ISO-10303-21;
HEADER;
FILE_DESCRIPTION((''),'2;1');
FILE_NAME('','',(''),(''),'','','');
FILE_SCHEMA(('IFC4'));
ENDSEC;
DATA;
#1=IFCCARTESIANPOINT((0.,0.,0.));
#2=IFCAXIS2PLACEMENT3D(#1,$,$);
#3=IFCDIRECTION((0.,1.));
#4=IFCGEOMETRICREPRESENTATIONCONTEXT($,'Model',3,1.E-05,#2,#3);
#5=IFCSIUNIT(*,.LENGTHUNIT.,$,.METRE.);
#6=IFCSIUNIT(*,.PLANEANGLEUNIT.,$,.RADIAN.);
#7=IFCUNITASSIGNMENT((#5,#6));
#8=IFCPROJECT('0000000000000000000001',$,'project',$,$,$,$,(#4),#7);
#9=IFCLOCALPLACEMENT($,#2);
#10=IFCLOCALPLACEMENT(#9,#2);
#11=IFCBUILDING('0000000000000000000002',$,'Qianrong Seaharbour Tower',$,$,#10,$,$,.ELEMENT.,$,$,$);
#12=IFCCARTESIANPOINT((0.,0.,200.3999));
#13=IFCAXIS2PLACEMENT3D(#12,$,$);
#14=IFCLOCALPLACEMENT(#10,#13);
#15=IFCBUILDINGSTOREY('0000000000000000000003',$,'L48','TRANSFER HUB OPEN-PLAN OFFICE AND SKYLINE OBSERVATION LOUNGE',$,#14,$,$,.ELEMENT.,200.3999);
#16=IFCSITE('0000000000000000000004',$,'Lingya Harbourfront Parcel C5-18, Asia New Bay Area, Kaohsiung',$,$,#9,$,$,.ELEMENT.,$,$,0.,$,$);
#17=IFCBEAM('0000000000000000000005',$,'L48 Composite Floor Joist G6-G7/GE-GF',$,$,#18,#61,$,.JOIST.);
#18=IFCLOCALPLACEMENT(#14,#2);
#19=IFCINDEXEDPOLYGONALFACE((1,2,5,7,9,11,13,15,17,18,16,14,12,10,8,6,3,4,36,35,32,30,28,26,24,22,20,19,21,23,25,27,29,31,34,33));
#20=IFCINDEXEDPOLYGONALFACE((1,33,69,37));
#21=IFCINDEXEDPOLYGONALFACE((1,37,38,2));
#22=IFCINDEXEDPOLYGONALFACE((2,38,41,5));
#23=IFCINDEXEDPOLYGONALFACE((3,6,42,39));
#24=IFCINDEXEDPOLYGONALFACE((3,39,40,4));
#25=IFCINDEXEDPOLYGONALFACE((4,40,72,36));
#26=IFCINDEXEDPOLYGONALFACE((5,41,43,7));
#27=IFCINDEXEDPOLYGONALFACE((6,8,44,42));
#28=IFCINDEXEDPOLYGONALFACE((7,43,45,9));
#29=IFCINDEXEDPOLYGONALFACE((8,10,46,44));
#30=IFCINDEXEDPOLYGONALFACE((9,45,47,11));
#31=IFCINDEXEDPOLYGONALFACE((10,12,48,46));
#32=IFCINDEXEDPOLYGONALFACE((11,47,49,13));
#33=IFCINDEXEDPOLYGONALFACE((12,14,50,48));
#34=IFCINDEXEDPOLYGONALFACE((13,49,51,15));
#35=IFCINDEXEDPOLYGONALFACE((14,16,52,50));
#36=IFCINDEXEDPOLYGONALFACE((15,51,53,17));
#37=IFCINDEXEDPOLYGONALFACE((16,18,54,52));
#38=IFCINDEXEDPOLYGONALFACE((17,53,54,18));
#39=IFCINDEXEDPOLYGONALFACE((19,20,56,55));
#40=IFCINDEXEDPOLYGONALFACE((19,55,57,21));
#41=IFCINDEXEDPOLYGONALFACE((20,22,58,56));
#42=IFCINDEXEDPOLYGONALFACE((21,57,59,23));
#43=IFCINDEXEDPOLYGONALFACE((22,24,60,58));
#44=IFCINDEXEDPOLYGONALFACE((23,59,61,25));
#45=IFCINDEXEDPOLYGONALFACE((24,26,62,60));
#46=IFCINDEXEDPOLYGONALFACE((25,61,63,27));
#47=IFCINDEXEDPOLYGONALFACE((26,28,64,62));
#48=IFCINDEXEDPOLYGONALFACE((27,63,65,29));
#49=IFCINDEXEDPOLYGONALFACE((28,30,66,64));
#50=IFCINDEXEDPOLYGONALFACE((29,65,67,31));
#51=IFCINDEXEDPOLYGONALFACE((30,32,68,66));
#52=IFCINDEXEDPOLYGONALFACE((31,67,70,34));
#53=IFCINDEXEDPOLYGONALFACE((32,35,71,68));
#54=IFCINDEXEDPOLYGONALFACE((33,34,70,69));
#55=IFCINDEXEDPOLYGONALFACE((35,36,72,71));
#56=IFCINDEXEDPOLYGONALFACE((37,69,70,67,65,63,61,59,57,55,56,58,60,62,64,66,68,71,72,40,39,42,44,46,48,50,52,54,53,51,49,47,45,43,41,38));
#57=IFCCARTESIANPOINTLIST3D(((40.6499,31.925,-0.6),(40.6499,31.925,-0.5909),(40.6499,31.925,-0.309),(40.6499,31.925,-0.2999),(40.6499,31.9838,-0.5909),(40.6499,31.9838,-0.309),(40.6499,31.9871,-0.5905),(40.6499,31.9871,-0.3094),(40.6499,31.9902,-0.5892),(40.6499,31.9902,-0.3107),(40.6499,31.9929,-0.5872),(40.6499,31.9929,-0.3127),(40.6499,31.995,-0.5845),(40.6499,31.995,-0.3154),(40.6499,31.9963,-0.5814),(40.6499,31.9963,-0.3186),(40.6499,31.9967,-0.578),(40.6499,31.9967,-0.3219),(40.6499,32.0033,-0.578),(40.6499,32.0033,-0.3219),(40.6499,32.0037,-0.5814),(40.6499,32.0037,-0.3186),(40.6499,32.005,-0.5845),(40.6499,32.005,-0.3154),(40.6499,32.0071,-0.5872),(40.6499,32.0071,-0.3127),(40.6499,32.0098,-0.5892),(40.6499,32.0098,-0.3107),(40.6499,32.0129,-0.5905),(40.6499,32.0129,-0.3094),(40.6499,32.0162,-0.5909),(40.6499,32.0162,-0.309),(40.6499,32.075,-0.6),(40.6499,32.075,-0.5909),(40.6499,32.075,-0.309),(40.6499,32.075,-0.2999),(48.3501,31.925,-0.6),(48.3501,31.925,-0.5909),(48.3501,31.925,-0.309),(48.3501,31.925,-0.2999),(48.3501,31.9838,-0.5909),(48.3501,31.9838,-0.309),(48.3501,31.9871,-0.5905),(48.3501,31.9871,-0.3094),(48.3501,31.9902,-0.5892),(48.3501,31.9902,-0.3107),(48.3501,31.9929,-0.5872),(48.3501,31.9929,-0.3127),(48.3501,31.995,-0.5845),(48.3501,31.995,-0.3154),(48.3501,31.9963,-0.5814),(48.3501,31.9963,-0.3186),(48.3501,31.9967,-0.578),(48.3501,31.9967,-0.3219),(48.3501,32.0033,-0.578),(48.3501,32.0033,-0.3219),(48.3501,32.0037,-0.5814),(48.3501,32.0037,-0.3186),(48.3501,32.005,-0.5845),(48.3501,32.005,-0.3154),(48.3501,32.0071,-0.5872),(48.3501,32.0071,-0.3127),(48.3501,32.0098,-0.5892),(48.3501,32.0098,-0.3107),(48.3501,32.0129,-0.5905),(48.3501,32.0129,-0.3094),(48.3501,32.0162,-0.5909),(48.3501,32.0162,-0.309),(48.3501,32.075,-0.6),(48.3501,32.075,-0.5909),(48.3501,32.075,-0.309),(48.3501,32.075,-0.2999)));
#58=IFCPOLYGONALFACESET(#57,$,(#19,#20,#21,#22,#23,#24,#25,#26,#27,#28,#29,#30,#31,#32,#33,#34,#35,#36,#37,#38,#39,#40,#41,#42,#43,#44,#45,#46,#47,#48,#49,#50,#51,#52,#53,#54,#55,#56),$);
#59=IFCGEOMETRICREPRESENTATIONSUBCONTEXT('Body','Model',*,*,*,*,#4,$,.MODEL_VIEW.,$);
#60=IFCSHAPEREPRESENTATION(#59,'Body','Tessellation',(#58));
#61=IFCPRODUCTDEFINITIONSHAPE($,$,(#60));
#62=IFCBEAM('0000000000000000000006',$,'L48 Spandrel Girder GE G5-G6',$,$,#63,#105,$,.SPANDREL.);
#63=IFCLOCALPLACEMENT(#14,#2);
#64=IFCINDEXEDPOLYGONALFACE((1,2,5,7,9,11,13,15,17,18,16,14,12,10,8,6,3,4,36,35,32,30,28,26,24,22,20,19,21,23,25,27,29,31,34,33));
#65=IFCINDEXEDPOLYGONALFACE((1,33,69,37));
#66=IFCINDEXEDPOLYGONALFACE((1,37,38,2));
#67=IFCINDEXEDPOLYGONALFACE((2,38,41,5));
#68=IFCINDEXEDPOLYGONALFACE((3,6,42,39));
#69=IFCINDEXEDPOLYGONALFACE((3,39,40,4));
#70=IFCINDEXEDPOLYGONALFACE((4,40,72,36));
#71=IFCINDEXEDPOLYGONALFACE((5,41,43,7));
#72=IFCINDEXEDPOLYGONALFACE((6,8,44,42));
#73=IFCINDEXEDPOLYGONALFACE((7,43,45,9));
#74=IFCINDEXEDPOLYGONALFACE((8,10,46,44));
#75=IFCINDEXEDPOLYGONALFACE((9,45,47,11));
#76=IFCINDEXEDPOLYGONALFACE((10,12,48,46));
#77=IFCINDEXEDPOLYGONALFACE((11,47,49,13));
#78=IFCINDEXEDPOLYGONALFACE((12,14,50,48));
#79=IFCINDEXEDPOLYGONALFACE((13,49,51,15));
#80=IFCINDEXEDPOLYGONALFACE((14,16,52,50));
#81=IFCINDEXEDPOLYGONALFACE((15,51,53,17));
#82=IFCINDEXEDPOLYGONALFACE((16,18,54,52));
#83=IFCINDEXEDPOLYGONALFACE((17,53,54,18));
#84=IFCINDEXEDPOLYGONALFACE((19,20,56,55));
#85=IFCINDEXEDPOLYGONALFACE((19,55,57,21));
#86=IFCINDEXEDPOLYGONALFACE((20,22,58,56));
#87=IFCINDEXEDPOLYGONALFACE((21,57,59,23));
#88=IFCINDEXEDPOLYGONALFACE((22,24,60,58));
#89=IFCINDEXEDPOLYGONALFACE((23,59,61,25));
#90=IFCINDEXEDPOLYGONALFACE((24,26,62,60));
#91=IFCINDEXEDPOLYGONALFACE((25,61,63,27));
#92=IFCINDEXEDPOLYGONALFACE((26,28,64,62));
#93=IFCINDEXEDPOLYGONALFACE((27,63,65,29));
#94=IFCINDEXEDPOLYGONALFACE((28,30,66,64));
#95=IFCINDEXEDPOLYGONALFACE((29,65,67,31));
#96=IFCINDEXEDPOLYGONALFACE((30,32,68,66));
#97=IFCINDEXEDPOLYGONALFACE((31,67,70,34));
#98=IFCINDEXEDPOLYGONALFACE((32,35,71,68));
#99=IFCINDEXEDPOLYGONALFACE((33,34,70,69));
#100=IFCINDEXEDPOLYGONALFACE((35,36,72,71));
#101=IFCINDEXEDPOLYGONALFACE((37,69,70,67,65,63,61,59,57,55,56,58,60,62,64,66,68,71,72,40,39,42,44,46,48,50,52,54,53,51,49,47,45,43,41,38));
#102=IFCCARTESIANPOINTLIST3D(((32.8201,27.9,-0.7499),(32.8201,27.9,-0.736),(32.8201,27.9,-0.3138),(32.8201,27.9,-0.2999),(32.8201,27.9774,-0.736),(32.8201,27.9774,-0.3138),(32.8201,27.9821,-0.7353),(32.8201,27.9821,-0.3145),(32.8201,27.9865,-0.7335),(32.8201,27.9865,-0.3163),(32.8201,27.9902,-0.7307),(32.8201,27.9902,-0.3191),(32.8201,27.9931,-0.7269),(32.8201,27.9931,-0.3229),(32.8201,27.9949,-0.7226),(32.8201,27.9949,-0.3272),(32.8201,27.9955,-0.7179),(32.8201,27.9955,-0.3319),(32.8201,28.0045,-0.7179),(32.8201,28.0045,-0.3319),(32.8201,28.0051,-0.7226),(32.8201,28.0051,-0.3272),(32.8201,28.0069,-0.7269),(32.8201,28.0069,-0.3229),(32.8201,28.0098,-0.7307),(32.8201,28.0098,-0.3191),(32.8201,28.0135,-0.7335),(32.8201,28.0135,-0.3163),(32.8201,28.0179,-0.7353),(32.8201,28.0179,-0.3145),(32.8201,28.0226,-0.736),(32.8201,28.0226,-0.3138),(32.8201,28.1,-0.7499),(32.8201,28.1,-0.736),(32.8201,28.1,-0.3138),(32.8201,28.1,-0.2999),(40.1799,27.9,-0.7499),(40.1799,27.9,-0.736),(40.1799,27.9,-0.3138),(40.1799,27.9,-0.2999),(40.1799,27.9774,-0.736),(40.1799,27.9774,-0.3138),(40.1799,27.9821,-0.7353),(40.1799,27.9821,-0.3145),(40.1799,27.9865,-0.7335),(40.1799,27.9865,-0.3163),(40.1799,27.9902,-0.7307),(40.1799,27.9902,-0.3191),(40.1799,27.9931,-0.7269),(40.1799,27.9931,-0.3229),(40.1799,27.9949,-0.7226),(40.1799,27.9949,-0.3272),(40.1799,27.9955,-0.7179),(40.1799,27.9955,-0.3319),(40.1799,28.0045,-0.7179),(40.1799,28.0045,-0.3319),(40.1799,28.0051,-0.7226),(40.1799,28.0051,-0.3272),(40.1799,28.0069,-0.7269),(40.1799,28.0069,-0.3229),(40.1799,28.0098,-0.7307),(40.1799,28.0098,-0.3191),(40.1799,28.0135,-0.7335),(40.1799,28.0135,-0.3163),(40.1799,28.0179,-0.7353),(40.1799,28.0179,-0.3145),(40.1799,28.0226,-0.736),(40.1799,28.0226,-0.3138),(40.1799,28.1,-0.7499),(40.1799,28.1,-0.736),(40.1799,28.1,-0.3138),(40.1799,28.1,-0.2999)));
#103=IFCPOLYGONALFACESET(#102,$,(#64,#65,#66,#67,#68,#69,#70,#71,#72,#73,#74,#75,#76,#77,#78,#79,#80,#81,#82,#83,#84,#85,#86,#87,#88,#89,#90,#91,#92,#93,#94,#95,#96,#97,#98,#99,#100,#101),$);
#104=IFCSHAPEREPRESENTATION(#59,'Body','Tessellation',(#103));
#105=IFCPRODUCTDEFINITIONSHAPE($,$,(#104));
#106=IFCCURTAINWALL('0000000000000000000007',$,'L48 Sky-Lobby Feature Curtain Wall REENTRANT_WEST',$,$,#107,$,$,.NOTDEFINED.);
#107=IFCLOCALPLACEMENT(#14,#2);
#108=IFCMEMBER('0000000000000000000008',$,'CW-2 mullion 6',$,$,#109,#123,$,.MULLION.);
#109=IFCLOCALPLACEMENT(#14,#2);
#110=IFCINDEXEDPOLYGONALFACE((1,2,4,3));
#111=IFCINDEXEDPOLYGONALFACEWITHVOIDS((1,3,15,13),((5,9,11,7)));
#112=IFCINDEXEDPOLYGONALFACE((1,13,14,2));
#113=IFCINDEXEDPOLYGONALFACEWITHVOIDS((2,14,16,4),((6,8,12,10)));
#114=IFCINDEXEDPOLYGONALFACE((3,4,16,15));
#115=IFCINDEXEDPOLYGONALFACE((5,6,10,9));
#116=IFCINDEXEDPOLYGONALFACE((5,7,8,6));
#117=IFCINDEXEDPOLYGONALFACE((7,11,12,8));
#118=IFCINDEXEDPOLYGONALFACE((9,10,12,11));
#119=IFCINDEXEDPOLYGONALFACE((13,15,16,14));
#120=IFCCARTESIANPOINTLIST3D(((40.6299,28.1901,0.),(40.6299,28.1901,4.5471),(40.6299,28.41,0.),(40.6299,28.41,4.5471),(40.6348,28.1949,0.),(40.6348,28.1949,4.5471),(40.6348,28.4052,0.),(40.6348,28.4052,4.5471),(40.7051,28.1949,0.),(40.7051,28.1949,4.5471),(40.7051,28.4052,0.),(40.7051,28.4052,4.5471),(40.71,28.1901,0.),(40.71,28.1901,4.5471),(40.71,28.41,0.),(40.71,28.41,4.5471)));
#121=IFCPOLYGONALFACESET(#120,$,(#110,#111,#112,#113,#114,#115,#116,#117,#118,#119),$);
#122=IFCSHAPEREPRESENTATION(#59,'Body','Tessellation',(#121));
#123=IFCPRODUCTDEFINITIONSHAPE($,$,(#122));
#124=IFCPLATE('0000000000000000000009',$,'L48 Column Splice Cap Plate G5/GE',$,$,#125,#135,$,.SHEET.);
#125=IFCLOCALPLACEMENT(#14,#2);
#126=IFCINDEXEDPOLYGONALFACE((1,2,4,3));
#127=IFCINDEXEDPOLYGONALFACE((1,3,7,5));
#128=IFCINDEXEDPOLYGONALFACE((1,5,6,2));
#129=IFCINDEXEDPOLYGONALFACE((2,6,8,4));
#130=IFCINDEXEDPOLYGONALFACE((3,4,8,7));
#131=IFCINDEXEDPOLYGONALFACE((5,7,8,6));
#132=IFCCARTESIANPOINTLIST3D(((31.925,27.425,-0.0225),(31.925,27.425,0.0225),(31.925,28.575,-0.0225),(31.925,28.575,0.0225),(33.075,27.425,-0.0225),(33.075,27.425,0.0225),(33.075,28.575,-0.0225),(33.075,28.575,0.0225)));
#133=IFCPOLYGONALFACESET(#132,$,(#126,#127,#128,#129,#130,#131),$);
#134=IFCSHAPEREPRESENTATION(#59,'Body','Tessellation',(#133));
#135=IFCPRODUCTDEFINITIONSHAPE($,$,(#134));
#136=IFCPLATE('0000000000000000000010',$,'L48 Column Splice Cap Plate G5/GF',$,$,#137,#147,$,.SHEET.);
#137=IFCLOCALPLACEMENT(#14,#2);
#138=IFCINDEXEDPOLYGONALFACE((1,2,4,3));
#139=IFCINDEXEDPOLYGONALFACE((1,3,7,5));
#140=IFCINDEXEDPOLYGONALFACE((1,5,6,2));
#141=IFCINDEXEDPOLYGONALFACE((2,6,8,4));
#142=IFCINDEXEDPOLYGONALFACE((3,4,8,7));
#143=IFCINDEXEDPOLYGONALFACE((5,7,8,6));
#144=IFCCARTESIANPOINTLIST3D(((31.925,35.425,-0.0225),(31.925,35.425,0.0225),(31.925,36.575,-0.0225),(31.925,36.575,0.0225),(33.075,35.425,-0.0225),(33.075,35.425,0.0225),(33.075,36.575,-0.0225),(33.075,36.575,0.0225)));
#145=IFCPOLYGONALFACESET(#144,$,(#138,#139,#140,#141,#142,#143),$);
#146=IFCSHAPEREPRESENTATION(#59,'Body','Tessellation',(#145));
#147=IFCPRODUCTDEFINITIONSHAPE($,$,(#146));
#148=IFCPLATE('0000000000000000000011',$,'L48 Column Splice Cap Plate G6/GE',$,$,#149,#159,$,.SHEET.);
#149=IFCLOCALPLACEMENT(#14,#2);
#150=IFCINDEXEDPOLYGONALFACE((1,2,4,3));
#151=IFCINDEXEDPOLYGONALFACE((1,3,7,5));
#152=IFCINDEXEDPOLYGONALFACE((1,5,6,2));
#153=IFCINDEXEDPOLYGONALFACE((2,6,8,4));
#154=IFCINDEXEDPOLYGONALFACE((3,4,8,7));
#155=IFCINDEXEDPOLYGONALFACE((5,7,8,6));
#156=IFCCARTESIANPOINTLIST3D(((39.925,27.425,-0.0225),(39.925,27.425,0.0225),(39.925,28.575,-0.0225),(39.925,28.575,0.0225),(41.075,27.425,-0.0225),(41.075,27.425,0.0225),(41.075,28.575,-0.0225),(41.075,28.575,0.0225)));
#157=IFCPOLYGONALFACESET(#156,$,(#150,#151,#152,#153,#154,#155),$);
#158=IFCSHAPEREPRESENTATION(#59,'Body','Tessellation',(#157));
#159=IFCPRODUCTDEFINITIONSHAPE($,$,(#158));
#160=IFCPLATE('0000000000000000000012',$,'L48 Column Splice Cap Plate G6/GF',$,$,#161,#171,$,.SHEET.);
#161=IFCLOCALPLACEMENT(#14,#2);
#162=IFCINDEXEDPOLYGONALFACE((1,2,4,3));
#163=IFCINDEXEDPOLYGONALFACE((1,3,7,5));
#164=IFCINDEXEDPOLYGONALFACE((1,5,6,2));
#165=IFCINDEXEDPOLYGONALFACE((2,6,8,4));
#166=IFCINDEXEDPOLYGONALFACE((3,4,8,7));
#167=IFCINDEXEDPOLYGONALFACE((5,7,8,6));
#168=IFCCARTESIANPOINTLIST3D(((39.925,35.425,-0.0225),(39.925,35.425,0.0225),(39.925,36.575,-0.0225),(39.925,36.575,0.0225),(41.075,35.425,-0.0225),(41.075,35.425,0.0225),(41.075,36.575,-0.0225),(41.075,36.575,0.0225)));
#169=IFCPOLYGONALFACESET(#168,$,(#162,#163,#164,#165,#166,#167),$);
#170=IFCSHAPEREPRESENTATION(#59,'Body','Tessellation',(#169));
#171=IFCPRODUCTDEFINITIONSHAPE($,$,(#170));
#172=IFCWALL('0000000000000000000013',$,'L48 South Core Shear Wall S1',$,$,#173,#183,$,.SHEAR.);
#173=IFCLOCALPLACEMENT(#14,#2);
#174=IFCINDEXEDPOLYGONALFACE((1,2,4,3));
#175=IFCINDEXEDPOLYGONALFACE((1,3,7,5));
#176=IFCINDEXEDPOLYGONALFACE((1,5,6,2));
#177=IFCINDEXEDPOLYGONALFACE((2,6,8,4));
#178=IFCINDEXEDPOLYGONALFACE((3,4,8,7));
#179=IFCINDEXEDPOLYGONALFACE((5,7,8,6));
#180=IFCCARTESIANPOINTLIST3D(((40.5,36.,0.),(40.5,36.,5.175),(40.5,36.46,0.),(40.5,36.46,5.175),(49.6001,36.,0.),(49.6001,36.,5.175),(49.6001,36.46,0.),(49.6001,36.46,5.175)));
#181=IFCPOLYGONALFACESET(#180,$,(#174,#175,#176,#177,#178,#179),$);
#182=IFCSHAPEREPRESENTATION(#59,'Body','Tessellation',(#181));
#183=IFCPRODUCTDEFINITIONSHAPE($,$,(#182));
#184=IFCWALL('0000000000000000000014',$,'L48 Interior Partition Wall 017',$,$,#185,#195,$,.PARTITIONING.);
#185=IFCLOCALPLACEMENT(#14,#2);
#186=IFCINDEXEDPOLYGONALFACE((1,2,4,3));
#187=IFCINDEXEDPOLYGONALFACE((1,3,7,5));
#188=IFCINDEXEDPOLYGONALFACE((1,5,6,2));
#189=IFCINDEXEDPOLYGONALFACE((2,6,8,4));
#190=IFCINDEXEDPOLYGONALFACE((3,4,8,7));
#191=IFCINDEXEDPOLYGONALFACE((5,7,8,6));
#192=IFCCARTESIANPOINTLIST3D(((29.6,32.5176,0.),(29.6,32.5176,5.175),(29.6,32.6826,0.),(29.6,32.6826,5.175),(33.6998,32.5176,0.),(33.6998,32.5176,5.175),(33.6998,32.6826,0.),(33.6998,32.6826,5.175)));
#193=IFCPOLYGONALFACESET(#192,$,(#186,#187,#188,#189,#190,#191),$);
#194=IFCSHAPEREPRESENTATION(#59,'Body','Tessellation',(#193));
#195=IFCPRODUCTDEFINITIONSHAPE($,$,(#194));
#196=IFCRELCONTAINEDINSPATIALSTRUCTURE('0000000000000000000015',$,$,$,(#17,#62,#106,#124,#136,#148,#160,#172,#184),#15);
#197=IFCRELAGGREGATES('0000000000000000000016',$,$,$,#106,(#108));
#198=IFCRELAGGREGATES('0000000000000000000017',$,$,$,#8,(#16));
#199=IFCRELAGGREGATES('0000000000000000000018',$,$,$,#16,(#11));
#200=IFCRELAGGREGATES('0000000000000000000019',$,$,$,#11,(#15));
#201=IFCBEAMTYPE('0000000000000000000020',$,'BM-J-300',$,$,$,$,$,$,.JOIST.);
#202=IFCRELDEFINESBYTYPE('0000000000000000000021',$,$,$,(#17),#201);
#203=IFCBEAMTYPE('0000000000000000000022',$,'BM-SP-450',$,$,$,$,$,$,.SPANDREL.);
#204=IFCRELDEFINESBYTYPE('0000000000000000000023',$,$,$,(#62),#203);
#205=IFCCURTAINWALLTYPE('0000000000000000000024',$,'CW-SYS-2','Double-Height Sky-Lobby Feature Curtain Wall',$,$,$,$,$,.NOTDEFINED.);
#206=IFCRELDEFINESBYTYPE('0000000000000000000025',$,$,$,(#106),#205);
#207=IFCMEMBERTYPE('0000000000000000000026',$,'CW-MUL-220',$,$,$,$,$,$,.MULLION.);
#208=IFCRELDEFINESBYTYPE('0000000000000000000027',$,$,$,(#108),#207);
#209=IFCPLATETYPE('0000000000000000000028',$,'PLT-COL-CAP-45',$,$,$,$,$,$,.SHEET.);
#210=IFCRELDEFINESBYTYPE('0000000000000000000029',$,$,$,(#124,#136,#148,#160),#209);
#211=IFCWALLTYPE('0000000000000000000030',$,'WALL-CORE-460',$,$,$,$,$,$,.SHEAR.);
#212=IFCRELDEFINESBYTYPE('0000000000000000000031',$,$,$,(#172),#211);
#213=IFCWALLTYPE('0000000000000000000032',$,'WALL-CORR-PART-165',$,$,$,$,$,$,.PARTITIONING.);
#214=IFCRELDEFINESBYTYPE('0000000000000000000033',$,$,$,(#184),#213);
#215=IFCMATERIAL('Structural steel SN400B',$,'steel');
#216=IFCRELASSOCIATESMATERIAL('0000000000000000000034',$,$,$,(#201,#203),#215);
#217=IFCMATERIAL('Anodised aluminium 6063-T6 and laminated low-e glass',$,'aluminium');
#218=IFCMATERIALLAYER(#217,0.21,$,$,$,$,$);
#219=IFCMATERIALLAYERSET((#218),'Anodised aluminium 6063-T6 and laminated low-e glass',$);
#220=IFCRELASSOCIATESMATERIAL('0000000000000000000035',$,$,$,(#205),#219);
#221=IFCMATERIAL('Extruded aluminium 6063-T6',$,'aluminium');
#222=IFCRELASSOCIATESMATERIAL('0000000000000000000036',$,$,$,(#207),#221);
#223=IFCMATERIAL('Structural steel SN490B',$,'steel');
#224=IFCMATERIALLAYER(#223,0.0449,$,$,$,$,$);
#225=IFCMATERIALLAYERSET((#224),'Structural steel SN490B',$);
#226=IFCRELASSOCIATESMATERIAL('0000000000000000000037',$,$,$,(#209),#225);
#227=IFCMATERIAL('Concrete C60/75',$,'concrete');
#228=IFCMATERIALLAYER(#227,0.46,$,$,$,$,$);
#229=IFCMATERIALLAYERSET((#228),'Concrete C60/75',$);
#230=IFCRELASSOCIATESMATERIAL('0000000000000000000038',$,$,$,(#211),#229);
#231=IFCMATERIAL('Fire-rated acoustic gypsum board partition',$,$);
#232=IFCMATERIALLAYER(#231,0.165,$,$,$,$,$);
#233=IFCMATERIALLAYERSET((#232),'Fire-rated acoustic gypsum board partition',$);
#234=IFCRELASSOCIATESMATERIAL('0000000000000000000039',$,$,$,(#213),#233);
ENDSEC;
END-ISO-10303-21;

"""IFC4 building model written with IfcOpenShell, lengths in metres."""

from ifc_helpers import new_model, si_unit, direction, frame, frame_2d, origin, origin_2d, place, context, subcontext, project, spatial, rectangle, hollow_rectangle, i_section, extrude, material, layer, layer_set, material_profile, profile_set, type_object, element, aggregate, save


model = new_model("IFC4")

# Units and contexts
model_context = context("Model", 3, precision=1e-05, world=origin(), true_north=direction((0.0, 1.0)))
body_context = subcontext(model_context, "Body", "Model", "MODEL_VIEW")
ifc_project = project(units=[si_unit("LENGTHUNIT", "METRE"), si_unit("PLANEANGLEUNIT", "RADIAN")], contexts=[model_context])

# Site, building, storey
site_placement = place(None, origin())
site = spatial("IfcSite", under=ifc_project, at=site_placement, Name="Lingya Harbourfront Parcel C5-18, Asia New Bay Area, Kaohsiung", CompositionType="ELEMENT", RefElevation=0.0)
building_placement = place(site_placement, origin())
building = spatial("IfcBuilding", under=site, at=building_placement, Name="Qianrong Seaharbour Tower", CompositionType="ELEMENT")
storey_placement = place(building_placement, frame((0.0, 0.0, 200.3999)))
storey = spatial("IfcBuildingStorey", under=building, at=storey_placement, Name="L48", Description="TRANSFER HUB OPEN-PLAN OFFICE AND SKYLINE OBSERVATION LOUNGE", CompositionType="ELEMENT", Elevation=200.3999)

# Shared definitions
ifc_material_1 = material(Name="Structural steel SN490B", Category="steel")

# Beams
ifc_material_2 = material(Name="Structural steel SN400B", Category="steel")
ifc_material_profile_1 = material_profile(ifc_material_2, i_section(OverallWidth=0.1499, OverallDepth=0.3, WebThickness=0.0066, FlangeThickness=0.009, FilletRadius=0.0129, at=origin_2d()), Name="H300x150x6.5x9")
ifc_profile_set_1 = profile_set([ifc_material_profile_1], Name="Structural steel SN400B")
beam_type_1 = type_object("IfcBeamType", Name="BM-J-300", PredefinedType="JOIST", material=ifc_profile_set_1)
for number, where, z_axis, x_axis, name in (
    (1, (40.6499, 32.0, -0.45), (1.0, 0.0, 0.0), (0.0, 1.0, 0.0), "L48 Composite Floor Joist G6-G7/GE-GF"),
):
    element("IfcBeam", number, at=place(storey_placement, frame(where, z_axis=z_axis, x_axis=x_axis)), inside=storey, type_object=beam_type_1, Name=name, PredefinedType="JOIST", context=body_context, shape_type="SweptSolid", body=[
        extrude(i_section(OverallWidth=0.1499, OverallDepth=0.3, WebThickness=0.0066, FlangeThickness=0.009, FilletRadius=0.0129, at=origin_2d()), origin(), (0.0, 0.0, 1.0), 7.7002),
    ])
ifc_material_profile_2 = material_profile(ifc_material_2, i_section(OverallWidth=0.2, OverallDepth=0.45, WebThickness=0.009, FlangeThickness=0.0139, FilletRadius=0.0181, at=origin_2d()), Name="H450x200x9x14")
ifc_profile_set_2 = profile_set([ifc_material_profile_2], Name="Structural steel SN400B")
beam_type_2 = type_object("IfcBeamType", Name="BM-SP-450", PredefinedType="SPANDREL", material=ifc_profile_set_2)
beam_1_placement = place(storey_placement, frame((32.8201, 28.0, -0.5249), z_axis=(1.0, 0.0, 0.0), x_axis=(0.0, 1.0, 0.0)))
element("IfcBeam", 2, at=beam_1_placement, inside=storey, type_object=beam_type_2, Name="L48 Spandrel Girder GE G5-G6", PredefinedType="SPANDREL", context=body_context, shape_type="SweptSolid", body=[
    extrude(i_section(OverallWidth=0.2, OverallDepth=0.45, WebThickness=0.009, FlangeThickness=0.0139, FilletRadius=0.0181, at=origin_2d()), origin(), (0.0, 0.0, 1.0), 7.3599),
])

# Curtain wall, member
ifc_material_3 = material(Name="Anodised aluminium 6063-T6 and laminated low-e glass", Category="aluminium")
ifc_layer_1 = layer(ifc_material_3, 0.21)
ifc_layer_set_1 = layer_set([ifc_layer_1], Name="Anodised aluminium 6063-T6 and laminated low-e glass")
curtain_wall_type = type_object("IfcCurtainWallType", Name="CW-SYS-2", Description="Double-Height Sky-Lobby Feature Curtain Wall", PredefinedType="NOTDEFINED", material=ifc_layer_set_1)
curtain_wall_placement = place(storey_placement, origin())
curtain_wall = element("IfcCurtainWall", 3, at=curtain_wall_placement, inside=storey, type_object=curtain_wall_type, Name="L48 Sky-Lobby Feature Curtain Wall REENTRANT_WEST", PredefinedType="NOTDEFINED")
ifc_material_4 = material(Name="Extruded aluminium 6063-T6", Category="aluminium")
ifc_material_profile_3 = material_profile(ifc_material_4, hollow_rectangle(XDim=0.0801, YDim=0.22, WallThickness=0.0049, at=origin_2d()), Name="ALU-MUL-220x80x5")
ifc_profile_set_3 = profile_set([ifc_material_profile_3], Name="Extruded aluminium 6063-T6")
member_type = type_object("IfcMemberType", Name="CW-MUL-220", PredefinedType="MULLION", material=ifc_profile_set_3)
member_placement = place(storey_placement, frame((40.6699, 28.3, 0.0), z_axis=(0.0, 0.0, 1.0), x_axis=(-1.0, 0.0, 0.0)))
member = element("IfcMember", 4, at=member_placement, type_object=member_type, Name="CW-2 mullion 6", PredefinedType="MULLION", context=body_context, shape_type="SweptSolid", body=[
    extrude(hollow_rectangle(XDim=0.0801, YDim=0.22, WallThickness=0.0049, at=origin_2d()), origin(), (0.0, 0.0, 1.0), 4.5471),
])
aggregate(curtain_wall, [member])

# Plates
ifc_layer_2 = layer(ifc_material_1, 0.0449)
ifc_layer_set_2 = layer_set([ifc_layer_2], Name="Structural steel SN490B")
plate_type = type_object("IfcPlateType", Name="PLT-COL-CAP-45", PredefinedType="SHEET", material=ifc_layer_set_2)
for number, where, z_axis, x_axis, name in (
    (5, (32.5, 28.0, -0.0225), (0.0, 0.0, 1.0), (1.0, 0.0, 0.0), "L48 Column Splice Cap Plate G5/GE"),
    (6, (32.5, 36.0, -0.0225), (0.0, 0.0, 1.0), (1.0, 0.0, 0.0), "L48 Column Splice Cap Plate G5/GF"),
    (7, (40.5, 28.0, -0.0225), (0.0, 0.0, 1.0), (1.0, 0.0, 0.0), "L48 Column Splice Cap Plate G6/GE"),
    (8, (40.5, 36.0, -0.0225), (0.0, 0.0, 1.0), (1.0, 0.0, 0.0), "L48 Column Splice Cap Plate G6/GF"),
):
    element("IfcPlate", number, at=place(storey_placement, frame(where, z_axis=z_axis, x_axis=x_axis)), inside=storey, type_object=plate_type, Name=name, PredefinedType="SHEET", context=body_context, shape_type="SweptSolid", body=[
        extrude(rectangle(XDim=1.1499, YDim=1.1499, at=origin_2d()), origin(), (0.0, 0.0, 1.0), 0.0449),
    ])

# Walls
ifc_material_5 = material(Name="Concrete C60/75", Category="concrete")
ifc_layer_3 = layer(ifc_material_5, 0.46)
ifc_layer_set_3 = layer_set([ifc_layer_3], Name="Concrete C60/75")
wall_type_1 = type_object("IfcWallType", Name="WALL-CORE-460", PredefinedType="SHEAR", material=ifc_layer_set_3)
wall_1_placement = place(storey_placement, frame((40.5, 36.23, 0.0), z_axis=(0.0, 0.0, 1.0), x_axis=(1.0, 0.0, 0.0)))
element("IfcWall", 9, at=wall_1_placement, inside=storey, type_object=wall_type_1, Name="L48 South Core Shear Wall S1", PredefinedType="SHEAR", context=body_context, shape_type="SweptSolid", body=[
    extrude(rectangle(XDim=9.1001, YDim=0.46, at=frame_2d((4.55, 0.0))), origin(), (0.0, 0.0, 1.0), 5.175),
])
ifc_material_6 = material(Name="Fire-rated acoustic gypsum board partition")
ifc_layer_4 = layer(ifc_material_6, 0.165)
ifc_layer_set_4 = layer_set([ifc_layer_4], Name="Fire-rated acoustic gypsum board partition")
wall_type_2 = type_object("IfcWallType", Name="WALL-CORR-PART-165", PredefinedType="PARTITIONING", material=ifc_layer_set_4)
wall_2_placement = place(storey_placement, frame((29.6001, 32.6001, 0.0), z_axis=(0.0, 0.0, 1.0), x_axis=(1.0, 0.0, 0.0)))
element("IfcWall", 10, at=wall_2_placement, inside=storey, type_object=wall_type_2, Name="L48 Interior Partition Wall 017", PredefinedType="PARTITIONING", context=body_context, shape_type="SweptSolid", body=[
    extrude(rectangle(XDim=4.0999, YDim=0.165, at=frame_2d((2.0498, 0.0))), origin(), (0.0, 0.0, 1.0), 5.175),
])

save(model, "model.ifc")
